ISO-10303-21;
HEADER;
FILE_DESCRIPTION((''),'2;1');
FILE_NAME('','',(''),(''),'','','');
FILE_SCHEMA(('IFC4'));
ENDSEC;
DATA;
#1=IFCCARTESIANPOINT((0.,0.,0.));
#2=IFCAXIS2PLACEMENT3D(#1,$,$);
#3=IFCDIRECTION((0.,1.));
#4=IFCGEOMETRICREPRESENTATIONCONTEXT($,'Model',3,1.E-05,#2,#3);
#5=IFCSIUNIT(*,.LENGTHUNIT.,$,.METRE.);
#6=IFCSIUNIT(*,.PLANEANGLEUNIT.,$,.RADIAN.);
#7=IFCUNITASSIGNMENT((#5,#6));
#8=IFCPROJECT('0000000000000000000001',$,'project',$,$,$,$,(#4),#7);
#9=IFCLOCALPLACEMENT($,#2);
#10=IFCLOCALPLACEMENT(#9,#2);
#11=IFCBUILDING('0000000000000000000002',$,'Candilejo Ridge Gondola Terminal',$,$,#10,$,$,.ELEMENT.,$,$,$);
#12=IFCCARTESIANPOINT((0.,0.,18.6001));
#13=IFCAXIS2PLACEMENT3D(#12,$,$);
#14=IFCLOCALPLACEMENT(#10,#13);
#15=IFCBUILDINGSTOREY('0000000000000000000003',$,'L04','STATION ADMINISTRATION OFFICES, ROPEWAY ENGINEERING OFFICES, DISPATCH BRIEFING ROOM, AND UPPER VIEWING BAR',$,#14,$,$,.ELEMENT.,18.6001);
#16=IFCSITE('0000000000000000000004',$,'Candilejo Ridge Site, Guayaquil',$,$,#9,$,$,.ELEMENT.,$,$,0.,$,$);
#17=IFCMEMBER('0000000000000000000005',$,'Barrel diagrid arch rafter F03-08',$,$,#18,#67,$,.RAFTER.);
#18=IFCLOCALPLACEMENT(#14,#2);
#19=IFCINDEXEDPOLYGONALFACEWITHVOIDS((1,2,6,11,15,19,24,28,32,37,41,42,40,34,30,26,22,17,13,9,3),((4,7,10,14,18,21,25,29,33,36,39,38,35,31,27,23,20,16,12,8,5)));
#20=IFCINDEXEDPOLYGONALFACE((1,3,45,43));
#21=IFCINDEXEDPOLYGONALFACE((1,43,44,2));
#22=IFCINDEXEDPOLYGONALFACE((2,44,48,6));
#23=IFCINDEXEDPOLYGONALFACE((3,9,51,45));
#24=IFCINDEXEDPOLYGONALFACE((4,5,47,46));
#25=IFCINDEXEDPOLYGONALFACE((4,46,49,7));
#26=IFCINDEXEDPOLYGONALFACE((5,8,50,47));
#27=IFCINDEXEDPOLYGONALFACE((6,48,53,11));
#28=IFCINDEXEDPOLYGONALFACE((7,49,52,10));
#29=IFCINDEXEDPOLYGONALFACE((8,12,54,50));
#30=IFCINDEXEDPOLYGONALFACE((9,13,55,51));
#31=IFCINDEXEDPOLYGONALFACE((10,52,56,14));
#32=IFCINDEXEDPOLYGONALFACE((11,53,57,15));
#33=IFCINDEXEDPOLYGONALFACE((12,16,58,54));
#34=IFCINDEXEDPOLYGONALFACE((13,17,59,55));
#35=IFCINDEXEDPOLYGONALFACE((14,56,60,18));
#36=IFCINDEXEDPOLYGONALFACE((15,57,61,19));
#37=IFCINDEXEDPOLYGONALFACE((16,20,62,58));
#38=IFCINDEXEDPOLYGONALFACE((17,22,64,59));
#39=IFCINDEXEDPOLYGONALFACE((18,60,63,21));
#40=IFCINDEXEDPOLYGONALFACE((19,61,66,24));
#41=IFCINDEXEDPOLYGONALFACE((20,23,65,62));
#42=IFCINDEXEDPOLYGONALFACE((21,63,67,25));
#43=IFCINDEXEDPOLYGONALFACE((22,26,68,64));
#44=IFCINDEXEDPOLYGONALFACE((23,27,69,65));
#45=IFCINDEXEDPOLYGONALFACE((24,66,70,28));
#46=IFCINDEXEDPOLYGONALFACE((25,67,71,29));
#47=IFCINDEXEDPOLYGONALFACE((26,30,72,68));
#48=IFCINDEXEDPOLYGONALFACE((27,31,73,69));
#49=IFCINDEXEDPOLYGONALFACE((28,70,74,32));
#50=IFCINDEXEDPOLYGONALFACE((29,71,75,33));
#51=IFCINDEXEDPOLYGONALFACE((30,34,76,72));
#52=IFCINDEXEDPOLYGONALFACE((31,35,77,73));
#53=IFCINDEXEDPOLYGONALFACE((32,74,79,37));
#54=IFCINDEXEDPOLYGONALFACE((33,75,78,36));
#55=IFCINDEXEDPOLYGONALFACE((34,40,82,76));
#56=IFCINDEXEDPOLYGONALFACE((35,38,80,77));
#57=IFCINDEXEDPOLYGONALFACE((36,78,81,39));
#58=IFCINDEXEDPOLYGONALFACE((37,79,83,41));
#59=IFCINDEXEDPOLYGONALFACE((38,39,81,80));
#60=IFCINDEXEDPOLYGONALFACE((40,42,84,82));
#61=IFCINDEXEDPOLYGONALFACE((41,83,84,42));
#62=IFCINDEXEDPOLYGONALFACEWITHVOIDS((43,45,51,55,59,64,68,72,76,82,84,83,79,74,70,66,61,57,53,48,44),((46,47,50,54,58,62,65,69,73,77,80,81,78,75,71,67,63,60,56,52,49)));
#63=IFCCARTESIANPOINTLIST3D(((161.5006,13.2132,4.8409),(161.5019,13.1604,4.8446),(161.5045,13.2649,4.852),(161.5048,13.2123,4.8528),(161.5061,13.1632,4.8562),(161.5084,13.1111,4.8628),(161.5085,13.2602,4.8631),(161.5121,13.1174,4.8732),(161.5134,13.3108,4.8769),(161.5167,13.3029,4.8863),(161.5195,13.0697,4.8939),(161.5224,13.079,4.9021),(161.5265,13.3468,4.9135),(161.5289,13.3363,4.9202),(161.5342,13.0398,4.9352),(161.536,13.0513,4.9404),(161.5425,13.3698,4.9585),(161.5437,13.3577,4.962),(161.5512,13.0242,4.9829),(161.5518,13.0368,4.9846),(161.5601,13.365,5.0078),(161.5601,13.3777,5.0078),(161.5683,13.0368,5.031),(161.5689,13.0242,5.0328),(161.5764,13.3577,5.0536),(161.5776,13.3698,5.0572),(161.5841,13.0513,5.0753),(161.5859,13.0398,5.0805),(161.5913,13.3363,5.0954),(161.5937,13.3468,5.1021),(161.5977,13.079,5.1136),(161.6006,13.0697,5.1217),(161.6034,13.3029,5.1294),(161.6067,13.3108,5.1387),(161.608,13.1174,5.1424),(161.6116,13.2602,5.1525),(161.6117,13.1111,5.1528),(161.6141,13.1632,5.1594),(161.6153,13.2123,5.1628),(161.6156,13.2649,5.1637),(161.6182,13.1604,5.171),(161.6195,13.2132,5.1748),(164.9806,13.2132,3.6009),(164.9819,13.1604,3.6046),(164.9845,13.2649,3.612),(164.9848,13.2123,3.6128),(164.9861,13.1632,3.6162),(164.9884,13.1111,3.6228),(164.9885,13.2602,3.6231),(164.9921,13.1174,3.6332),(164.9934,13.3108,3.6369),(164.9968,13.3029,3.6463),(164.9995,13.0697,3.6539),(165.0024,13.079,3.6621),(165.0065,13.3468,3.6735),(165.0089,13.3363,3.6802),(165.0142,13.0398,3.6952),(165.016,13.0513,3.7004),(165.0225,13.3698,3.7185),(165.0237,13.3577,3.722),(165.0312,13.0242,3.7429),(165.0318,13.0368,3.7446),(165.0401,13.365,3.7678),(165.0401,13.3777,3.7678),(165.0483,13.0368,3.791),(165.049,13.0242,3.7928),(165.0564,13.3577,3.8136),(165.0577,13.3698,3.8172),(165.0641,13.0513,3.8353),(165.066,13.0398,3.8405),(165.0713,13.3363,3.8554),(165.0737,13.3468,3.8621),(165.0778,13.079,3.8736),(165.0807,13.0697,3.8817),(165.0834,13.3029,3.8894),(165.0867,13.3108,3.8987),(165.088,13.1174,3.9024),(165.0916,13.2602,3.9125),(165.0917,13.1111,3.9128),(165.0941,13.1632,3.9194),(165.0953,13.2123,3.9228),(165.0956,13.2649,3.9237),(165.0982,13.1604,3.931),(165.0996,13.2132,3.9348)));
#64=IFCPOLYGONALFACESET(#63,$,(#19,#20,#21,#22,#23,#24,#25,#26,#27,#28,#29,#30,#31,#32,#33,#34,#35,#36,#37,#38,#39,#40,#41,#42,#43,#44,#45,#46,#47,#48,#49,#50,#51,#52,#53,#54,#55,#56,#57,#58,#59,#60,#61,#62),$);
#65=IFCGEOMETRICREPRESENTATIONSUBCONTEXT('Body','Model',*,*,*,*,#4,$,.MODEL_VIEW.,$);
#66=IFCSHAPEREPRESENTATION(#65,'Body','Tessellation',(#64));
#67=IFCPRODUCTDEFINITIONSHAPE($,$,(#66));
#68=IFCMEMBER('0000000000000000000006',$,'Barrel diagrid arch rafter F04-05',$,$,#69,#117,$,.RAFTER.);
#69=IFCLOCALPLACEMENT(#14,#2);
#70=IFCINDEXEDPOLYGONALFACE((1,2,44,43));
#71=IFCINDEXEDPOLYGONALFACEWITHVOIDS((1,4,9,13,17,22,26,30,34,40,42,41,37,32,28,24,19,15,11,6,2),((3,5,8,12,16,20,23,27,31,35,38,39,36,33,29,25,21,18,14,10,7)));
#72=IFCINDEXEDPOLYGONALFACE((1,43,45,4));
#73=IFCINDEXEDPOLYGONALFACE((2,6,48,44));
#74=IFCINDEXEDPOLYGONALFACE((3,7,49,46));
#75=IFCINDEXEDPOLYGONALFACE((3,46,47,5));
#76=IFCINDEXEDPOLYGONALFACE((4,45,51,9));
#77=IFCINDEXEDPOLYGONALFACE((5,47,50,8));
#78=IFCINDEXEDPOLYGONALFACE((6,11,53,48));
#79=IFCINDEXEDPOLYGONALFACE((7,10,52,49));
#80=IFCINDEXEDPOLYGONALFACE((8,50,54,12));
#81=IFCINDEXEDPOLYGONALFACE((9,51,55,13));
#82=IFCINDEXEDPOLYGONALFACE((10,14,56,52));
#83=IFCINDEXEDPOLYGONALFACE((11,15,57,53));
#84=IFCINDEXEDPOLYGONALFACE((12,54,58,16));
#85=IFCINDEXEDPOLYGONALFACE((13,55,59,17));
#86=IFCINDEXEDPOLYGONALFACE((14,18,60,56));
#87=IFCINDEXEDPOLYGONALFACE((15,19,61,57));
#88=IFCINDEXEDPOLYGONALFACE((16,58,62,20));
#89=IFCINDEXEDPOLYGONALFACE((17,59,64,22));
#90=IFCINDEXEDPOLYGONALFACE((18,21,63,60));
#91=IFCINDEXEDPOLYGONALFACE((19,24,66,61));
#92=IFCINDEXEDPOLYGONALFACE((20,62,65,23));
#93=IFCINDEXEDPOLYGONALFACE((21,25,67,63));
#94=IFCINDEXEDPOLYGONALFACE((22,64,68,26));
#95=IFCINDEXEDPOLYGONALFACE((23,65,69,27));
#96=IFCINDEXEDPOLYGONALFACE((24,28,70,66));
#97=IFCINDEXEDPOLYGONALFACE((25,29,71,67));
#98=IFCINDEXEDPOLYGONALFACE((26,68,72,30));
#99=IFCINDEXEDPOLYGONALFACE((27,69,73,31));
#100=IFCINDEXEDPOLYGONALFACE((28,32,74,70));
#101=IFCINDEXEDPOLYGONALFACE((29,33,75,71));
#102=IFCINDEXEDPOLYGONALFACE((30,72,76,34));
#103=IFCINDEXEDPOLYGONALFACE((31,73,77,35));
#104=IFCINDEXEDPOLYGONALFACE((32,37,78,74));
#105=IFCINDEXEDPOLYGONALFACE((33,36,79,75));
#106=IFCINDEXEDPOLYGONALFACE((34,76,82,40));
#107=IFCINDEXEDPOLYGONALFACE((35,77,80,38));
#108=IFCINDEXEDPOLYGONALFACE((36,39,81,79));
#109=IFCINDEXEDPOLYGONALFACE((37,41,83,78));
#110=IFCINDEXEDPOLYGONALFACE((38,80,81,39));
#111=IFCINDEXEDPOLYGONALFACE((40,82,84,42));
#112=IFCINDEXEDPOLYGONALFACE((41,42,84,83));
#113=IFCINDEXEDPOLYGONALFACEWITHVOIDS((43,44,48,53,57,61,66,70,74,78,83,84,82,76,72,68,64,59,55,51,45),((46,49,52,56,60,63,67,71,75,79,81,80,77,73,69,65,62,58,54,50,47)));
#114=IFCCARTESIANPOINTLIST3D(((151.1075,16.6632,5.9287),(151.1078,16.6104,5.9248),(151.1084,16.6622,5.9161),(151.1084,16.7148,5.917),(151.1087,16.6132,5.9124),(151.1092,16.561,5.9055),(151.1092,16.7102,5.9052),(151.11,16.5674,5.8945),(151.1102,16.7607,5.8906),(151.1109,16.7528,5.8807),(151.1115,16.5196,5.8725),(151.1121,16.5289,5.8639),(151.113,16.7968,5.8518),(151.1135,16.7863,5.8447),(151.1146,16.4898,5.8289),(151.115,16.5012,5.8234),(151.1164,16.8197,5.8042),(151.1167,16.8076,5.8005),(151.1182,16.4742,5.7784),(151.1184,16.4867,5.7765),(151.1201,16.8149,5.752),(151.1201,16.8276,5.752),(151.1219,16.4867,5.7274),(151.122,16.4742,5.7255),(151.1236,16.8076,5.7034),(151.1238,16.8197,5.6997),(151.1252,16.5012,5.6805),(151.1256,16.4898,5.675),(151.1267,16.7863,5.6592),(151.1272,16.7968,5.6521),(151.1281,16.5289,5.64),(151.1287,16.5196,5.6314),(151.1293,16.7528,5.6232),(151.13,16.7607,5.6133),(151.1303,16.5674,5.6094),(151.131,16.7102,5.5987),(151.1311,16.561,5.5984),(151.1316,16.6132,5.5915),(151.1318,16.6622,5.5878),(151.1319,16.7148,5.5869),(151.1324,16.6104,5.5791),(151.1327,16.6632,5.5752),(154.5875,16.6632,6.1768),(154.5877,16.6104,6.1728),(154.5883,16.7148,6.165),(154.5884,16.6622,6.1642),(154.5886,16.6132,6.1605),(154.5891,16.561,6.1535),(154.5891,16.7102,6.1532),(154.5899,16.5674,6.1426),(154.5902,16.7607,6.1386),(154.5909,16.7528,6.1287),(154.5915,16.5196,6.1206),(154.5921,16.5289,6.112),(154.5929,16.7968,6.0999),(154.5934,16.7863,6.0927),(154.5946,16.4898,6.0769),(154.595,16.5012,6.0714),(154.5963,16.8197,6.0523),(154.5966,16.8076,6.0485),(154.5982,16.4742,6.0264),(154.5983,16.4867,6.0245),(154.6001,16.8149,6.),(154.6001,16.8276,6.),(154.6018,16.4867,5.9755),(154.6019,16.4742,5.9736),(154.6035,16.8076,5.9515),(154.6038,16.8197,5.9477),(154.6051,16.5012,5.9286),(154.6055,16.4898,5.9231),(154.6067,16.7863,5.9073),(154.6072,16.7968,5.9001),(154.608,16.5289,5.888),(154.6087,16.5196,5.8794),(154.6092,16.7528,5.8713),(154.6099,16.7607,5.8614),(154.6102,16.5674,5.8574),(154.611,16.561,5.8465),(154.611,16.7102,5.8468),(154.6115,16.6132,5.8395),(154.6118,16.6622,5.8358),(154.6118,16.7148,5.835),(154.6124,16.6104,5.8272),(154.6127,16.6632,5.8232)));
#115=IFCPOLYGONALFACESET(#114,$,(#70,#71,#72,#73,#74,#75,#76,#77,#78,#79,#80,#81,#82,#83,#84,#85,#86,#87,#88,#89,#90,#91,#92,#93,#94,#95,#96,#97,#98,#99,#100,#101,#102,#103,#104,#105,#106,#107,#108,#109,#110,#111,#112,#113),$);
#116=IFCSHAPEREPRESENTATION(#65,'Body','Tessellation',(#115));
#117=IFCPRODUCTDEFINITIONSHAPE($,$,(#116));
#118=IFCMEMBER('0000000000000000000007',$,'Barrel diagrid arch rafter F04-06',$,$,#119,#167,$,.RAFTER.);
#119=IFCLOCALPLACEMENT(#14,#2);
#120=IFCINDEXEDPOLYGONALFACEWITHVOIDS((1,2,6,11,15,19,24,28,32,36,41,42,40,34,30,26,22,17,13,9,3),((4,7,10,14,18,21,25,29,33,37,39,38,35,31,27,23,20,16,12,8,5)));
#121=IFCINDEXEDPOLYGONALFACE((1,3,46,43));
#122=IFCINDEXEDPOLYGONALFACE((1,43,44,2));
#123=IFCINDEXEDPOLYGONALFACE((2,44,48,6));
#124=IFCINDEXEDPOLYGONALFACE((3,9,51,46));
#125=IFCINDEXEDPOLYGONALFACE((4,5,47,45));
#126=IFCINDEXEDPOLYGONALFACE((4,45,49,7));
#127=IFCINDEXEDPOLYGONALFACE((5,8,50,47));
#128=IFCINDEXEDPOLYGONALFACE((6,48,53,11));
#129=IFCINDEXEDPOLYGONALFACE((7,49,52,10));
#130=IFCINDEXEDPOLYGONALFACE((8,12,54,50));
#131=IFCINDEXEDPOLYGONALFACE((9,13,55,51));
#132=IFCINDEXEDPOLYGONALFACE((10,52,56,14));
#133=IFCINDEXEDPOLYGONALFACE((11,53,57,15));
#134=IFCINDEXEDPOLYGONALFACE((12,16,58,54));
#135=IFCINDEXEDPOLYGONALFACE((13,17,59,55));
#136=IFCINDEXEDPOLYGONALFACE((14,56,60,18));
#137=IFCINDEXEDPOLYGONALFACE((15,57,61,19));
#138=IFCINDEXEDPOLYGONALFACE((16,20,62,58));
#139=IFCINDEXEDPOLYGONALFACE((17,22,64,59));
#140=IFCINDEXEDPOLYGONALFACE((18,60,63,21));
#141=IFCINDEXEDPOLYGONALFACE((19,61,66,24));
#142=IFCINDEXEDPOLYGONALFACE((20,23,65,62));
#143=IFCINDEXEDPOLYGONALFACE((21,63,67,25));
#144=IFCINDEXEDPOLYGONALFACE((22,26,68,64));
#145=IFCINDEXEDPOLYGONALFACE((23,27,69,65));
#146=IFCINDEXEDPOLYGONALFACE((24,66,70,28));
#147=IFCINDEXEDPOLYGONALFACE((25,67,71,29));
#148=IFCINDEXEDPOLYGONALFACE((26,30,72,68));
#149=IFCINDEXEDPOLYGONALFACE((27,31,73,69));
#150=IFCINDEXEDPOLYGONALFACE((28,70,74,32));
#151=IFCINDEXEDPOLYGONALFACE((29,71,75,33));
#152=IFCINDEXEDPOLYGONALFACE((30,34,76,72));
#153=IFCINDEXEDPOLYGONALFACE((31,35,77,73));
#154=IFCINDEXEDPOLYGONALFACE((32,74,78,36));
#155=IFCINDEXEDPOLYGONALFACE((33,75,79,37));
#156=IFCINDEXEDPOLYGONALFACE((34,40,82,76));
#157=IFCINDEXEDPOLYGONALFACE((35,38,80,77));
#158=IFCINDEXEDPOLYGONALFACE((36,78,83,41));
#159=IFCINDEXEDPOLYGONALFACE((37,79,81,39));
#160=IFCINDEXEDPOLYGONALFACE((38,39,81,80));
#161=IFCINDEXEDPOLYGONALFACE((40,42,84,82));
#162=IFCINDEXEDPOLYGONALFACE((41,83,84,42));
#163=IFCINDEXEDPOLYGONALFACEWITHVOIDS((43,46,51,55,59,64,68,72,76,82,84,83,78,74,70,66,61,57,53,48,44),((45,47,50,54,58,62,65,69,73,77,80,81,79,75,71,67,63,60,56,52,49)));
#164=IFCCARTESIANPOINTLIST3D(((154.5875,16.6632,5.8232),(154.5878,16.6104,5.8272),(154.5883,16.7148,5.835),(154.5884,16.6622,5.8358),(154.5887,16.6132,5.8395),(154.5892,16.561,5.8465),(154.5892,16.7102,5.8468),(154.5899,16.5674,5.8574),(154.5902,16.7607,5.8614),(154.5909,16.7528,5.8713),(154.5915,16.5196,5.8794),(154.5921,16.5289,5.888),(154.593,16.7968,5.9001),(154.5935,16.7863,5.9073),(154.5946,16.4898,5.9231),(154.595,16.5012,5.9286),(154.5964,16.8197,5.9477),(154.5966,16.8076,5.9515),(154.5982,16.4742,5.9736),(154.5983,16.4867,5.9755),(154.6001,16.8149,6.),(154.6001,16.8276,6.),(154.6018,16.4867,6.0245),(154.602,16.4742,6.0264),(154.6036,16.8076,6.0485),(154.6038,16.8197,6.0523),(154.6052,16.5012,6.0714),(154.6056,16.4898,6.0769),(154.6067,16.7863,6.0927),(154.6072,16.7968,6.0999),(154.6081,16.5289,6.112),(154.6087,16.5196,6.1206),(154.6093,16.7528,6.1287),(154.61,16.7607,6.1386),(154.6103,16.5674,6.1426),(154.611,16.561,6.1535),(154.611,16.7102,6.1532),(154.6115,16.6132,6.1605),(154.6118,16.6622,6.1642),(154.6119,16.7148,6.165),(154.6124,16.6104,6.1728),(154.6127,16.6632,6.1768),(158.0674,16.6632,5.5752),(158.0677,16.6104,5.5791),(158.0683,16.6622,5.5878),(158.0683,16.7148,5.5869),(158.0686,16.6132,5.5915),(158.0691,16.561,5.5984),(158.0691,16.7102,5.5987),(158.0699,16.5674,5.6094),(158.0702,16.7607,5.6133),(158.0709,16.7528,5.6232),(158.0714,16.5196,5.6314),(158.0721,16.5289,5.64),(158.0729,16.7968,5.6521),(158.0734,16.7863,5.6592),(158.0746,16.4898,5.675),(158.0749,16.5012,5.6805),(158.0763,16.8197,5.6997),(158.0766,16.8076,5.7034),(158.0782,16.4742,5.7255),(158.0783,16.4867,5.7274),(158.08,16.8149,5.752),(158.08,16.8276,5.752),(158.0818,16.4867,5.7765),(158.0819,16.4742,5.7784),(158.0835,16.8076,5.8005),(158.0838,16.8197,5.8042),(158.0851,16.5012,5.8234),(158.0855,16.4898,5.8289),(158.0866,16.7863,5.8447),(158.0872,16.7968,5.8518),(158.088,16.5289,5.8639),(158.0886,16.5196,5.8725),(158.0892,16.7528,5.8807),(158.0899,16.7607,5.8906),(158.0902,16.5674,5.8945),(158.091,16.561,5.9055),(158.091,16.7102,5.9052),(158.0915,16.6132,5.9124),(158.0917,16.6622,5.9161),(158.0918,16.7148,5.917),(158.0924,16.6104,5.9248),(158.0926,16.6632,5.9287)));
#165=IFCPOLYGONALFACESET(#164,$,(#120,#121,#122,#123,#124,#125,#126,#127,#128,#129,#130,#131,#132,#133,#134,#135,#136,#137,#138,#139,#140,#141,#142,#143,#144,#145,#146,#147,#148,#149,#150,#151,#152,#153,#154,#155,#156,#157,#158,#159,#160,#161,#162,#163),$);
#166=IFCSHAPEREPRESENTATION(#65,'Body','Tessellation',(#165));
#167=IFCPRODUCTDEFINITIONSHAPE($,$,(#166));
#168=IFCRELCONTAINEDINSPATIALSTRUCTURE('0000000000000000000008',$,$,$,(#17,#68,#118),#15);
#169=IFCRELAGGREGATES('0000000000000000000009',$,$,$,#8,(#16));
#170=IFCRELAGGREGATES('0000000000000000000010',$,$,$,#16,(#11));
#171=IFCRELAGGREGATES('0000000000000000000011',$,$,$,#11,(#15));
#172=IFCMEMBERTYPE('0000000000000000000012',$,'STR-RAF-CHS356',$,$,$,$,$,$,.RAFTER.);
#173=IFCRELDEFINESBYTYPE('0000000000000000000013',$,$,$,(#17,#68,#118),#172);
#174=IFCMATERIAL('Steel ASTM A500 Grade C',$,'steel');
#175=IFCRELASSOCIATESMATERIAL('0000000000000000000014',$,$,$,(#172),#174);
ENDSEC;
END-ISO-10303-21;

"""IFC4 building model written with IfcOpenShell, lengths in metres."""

from ifc_helpers import new_model, si_unit, direction, frame, origin, origin_2d, place, context, subcontext, project, spatial, hollow_circle, extrude, material, material_profile, profile_set, type_object, element, save


model = new_model("IFC4")

# Units and contexts
model_context = context("Model", 3, precision=1e-05, world=origin(), true_north=direction((0.0, 1.0)))
body_context = subcontext(model_context, "Body", "Model", "MODEL_VIEW")
ifc_project = project(units=[si_unit("LENGTHUNIT", "METRE"), si_unit("PLANEANGLEUNIT", "RADIAN")], contexts=[model_context])

# Site, building, storey
site_placement = place(None, origin())
site = spatial("IfcSite", under=ifc_project, at=site_placement, Name="Candilejo Ridge Site, Guayaquil", CompositionType="ELEMENT", RefElevation=0.0)
building_placement = place(site_placement, origin())
building = spatial("IfcBuilding", under=site, at=building_placement, Name="Candilejo Ridge Gondola Terminal", CompositionType="ELEMENT")
storey_placement = place(building_placement, frame((0.0, 0.0, 18.6001)))
storey = spatial("IfcBuildingStorey", under=building, at=storey_placement, Name="L04", Description="STATION ADMINISTRATION OFFICES, ROPEWAY ENGINEERING OFFICES, DISPATCH BRIEFING ROOM, AND UPPER VIEWING BAR", CompositionType="ELEMENT", Elevation=18.6001)

# Members
ifc_material_1 = material(Name="Steel ASTM A500 Grade C", Category="steel")
ifc_material_profile_1 = material_profile(ifc_material_1, hollow_circle(Radius=0.1777, WallThickness=0.0127, at=origin_2d()))
ifc_profile_set_1 = profile_set([ifc_material_profile_1], Name="Steel ASTM A500 Grade C")
member_type_1 = type_object("IfcMemberType", Name="STR-RAF-CHS356", PredefinedType="RAFTER", material=ifc_profile_set_1)
member_1_placement = place(storey_placement, frame((161.5601, 13.2, 5.0078), z_axis=(0.941987, 0.0, -0.33565), x_axis=(0.0, 1.0, 0.0)))
element("IfcMember", 1, at=member_1_placement, inside=storey, type_object=member_type_1, Name="Barrel diagrid arch rafter F03-08", PredefinedType="RAFTER", context=body_context, shape_type="SweptSolid", body=[
    extrude(hollow_circle(Radius=0.1777, WallThickness=0.0127, at=origin_2d()), origin(), (0.0, 0.0, 1.0), 3.6943),
])
for number, where, z_axis, x_axis, name in (
    (2, (151.1201, 16.6499, 5.752), (0.997469, 0.0, 0.071098), (0.0, 1.0, 0.0), "Barrel diagrid arch rafter F04-05"),
    (3, (154.6001, 16.6499, 6.0), (0.997469, 0.0, -0.071098), (0.0, 1.0, 0.0), "Barrel diagrid arch rafter F04-06"),
):
    element("IfcMember", number, at=place(storey_placement, frame(where, z_axis=z_axis, x_axis=x_axis)), inside=storey, type_object=member_type_1, Name=name, PredefinedType="RAFTER", context=body_context, shape_type="SweptSolid", body=[
        extrude(hollow_circle(Radius=0.1777, WallThickness=0.0127, at=origin_2d()), origin(), (0.0, 0.0, 1.0), 3.4888),
    ])

save(model, "model.ifc")
